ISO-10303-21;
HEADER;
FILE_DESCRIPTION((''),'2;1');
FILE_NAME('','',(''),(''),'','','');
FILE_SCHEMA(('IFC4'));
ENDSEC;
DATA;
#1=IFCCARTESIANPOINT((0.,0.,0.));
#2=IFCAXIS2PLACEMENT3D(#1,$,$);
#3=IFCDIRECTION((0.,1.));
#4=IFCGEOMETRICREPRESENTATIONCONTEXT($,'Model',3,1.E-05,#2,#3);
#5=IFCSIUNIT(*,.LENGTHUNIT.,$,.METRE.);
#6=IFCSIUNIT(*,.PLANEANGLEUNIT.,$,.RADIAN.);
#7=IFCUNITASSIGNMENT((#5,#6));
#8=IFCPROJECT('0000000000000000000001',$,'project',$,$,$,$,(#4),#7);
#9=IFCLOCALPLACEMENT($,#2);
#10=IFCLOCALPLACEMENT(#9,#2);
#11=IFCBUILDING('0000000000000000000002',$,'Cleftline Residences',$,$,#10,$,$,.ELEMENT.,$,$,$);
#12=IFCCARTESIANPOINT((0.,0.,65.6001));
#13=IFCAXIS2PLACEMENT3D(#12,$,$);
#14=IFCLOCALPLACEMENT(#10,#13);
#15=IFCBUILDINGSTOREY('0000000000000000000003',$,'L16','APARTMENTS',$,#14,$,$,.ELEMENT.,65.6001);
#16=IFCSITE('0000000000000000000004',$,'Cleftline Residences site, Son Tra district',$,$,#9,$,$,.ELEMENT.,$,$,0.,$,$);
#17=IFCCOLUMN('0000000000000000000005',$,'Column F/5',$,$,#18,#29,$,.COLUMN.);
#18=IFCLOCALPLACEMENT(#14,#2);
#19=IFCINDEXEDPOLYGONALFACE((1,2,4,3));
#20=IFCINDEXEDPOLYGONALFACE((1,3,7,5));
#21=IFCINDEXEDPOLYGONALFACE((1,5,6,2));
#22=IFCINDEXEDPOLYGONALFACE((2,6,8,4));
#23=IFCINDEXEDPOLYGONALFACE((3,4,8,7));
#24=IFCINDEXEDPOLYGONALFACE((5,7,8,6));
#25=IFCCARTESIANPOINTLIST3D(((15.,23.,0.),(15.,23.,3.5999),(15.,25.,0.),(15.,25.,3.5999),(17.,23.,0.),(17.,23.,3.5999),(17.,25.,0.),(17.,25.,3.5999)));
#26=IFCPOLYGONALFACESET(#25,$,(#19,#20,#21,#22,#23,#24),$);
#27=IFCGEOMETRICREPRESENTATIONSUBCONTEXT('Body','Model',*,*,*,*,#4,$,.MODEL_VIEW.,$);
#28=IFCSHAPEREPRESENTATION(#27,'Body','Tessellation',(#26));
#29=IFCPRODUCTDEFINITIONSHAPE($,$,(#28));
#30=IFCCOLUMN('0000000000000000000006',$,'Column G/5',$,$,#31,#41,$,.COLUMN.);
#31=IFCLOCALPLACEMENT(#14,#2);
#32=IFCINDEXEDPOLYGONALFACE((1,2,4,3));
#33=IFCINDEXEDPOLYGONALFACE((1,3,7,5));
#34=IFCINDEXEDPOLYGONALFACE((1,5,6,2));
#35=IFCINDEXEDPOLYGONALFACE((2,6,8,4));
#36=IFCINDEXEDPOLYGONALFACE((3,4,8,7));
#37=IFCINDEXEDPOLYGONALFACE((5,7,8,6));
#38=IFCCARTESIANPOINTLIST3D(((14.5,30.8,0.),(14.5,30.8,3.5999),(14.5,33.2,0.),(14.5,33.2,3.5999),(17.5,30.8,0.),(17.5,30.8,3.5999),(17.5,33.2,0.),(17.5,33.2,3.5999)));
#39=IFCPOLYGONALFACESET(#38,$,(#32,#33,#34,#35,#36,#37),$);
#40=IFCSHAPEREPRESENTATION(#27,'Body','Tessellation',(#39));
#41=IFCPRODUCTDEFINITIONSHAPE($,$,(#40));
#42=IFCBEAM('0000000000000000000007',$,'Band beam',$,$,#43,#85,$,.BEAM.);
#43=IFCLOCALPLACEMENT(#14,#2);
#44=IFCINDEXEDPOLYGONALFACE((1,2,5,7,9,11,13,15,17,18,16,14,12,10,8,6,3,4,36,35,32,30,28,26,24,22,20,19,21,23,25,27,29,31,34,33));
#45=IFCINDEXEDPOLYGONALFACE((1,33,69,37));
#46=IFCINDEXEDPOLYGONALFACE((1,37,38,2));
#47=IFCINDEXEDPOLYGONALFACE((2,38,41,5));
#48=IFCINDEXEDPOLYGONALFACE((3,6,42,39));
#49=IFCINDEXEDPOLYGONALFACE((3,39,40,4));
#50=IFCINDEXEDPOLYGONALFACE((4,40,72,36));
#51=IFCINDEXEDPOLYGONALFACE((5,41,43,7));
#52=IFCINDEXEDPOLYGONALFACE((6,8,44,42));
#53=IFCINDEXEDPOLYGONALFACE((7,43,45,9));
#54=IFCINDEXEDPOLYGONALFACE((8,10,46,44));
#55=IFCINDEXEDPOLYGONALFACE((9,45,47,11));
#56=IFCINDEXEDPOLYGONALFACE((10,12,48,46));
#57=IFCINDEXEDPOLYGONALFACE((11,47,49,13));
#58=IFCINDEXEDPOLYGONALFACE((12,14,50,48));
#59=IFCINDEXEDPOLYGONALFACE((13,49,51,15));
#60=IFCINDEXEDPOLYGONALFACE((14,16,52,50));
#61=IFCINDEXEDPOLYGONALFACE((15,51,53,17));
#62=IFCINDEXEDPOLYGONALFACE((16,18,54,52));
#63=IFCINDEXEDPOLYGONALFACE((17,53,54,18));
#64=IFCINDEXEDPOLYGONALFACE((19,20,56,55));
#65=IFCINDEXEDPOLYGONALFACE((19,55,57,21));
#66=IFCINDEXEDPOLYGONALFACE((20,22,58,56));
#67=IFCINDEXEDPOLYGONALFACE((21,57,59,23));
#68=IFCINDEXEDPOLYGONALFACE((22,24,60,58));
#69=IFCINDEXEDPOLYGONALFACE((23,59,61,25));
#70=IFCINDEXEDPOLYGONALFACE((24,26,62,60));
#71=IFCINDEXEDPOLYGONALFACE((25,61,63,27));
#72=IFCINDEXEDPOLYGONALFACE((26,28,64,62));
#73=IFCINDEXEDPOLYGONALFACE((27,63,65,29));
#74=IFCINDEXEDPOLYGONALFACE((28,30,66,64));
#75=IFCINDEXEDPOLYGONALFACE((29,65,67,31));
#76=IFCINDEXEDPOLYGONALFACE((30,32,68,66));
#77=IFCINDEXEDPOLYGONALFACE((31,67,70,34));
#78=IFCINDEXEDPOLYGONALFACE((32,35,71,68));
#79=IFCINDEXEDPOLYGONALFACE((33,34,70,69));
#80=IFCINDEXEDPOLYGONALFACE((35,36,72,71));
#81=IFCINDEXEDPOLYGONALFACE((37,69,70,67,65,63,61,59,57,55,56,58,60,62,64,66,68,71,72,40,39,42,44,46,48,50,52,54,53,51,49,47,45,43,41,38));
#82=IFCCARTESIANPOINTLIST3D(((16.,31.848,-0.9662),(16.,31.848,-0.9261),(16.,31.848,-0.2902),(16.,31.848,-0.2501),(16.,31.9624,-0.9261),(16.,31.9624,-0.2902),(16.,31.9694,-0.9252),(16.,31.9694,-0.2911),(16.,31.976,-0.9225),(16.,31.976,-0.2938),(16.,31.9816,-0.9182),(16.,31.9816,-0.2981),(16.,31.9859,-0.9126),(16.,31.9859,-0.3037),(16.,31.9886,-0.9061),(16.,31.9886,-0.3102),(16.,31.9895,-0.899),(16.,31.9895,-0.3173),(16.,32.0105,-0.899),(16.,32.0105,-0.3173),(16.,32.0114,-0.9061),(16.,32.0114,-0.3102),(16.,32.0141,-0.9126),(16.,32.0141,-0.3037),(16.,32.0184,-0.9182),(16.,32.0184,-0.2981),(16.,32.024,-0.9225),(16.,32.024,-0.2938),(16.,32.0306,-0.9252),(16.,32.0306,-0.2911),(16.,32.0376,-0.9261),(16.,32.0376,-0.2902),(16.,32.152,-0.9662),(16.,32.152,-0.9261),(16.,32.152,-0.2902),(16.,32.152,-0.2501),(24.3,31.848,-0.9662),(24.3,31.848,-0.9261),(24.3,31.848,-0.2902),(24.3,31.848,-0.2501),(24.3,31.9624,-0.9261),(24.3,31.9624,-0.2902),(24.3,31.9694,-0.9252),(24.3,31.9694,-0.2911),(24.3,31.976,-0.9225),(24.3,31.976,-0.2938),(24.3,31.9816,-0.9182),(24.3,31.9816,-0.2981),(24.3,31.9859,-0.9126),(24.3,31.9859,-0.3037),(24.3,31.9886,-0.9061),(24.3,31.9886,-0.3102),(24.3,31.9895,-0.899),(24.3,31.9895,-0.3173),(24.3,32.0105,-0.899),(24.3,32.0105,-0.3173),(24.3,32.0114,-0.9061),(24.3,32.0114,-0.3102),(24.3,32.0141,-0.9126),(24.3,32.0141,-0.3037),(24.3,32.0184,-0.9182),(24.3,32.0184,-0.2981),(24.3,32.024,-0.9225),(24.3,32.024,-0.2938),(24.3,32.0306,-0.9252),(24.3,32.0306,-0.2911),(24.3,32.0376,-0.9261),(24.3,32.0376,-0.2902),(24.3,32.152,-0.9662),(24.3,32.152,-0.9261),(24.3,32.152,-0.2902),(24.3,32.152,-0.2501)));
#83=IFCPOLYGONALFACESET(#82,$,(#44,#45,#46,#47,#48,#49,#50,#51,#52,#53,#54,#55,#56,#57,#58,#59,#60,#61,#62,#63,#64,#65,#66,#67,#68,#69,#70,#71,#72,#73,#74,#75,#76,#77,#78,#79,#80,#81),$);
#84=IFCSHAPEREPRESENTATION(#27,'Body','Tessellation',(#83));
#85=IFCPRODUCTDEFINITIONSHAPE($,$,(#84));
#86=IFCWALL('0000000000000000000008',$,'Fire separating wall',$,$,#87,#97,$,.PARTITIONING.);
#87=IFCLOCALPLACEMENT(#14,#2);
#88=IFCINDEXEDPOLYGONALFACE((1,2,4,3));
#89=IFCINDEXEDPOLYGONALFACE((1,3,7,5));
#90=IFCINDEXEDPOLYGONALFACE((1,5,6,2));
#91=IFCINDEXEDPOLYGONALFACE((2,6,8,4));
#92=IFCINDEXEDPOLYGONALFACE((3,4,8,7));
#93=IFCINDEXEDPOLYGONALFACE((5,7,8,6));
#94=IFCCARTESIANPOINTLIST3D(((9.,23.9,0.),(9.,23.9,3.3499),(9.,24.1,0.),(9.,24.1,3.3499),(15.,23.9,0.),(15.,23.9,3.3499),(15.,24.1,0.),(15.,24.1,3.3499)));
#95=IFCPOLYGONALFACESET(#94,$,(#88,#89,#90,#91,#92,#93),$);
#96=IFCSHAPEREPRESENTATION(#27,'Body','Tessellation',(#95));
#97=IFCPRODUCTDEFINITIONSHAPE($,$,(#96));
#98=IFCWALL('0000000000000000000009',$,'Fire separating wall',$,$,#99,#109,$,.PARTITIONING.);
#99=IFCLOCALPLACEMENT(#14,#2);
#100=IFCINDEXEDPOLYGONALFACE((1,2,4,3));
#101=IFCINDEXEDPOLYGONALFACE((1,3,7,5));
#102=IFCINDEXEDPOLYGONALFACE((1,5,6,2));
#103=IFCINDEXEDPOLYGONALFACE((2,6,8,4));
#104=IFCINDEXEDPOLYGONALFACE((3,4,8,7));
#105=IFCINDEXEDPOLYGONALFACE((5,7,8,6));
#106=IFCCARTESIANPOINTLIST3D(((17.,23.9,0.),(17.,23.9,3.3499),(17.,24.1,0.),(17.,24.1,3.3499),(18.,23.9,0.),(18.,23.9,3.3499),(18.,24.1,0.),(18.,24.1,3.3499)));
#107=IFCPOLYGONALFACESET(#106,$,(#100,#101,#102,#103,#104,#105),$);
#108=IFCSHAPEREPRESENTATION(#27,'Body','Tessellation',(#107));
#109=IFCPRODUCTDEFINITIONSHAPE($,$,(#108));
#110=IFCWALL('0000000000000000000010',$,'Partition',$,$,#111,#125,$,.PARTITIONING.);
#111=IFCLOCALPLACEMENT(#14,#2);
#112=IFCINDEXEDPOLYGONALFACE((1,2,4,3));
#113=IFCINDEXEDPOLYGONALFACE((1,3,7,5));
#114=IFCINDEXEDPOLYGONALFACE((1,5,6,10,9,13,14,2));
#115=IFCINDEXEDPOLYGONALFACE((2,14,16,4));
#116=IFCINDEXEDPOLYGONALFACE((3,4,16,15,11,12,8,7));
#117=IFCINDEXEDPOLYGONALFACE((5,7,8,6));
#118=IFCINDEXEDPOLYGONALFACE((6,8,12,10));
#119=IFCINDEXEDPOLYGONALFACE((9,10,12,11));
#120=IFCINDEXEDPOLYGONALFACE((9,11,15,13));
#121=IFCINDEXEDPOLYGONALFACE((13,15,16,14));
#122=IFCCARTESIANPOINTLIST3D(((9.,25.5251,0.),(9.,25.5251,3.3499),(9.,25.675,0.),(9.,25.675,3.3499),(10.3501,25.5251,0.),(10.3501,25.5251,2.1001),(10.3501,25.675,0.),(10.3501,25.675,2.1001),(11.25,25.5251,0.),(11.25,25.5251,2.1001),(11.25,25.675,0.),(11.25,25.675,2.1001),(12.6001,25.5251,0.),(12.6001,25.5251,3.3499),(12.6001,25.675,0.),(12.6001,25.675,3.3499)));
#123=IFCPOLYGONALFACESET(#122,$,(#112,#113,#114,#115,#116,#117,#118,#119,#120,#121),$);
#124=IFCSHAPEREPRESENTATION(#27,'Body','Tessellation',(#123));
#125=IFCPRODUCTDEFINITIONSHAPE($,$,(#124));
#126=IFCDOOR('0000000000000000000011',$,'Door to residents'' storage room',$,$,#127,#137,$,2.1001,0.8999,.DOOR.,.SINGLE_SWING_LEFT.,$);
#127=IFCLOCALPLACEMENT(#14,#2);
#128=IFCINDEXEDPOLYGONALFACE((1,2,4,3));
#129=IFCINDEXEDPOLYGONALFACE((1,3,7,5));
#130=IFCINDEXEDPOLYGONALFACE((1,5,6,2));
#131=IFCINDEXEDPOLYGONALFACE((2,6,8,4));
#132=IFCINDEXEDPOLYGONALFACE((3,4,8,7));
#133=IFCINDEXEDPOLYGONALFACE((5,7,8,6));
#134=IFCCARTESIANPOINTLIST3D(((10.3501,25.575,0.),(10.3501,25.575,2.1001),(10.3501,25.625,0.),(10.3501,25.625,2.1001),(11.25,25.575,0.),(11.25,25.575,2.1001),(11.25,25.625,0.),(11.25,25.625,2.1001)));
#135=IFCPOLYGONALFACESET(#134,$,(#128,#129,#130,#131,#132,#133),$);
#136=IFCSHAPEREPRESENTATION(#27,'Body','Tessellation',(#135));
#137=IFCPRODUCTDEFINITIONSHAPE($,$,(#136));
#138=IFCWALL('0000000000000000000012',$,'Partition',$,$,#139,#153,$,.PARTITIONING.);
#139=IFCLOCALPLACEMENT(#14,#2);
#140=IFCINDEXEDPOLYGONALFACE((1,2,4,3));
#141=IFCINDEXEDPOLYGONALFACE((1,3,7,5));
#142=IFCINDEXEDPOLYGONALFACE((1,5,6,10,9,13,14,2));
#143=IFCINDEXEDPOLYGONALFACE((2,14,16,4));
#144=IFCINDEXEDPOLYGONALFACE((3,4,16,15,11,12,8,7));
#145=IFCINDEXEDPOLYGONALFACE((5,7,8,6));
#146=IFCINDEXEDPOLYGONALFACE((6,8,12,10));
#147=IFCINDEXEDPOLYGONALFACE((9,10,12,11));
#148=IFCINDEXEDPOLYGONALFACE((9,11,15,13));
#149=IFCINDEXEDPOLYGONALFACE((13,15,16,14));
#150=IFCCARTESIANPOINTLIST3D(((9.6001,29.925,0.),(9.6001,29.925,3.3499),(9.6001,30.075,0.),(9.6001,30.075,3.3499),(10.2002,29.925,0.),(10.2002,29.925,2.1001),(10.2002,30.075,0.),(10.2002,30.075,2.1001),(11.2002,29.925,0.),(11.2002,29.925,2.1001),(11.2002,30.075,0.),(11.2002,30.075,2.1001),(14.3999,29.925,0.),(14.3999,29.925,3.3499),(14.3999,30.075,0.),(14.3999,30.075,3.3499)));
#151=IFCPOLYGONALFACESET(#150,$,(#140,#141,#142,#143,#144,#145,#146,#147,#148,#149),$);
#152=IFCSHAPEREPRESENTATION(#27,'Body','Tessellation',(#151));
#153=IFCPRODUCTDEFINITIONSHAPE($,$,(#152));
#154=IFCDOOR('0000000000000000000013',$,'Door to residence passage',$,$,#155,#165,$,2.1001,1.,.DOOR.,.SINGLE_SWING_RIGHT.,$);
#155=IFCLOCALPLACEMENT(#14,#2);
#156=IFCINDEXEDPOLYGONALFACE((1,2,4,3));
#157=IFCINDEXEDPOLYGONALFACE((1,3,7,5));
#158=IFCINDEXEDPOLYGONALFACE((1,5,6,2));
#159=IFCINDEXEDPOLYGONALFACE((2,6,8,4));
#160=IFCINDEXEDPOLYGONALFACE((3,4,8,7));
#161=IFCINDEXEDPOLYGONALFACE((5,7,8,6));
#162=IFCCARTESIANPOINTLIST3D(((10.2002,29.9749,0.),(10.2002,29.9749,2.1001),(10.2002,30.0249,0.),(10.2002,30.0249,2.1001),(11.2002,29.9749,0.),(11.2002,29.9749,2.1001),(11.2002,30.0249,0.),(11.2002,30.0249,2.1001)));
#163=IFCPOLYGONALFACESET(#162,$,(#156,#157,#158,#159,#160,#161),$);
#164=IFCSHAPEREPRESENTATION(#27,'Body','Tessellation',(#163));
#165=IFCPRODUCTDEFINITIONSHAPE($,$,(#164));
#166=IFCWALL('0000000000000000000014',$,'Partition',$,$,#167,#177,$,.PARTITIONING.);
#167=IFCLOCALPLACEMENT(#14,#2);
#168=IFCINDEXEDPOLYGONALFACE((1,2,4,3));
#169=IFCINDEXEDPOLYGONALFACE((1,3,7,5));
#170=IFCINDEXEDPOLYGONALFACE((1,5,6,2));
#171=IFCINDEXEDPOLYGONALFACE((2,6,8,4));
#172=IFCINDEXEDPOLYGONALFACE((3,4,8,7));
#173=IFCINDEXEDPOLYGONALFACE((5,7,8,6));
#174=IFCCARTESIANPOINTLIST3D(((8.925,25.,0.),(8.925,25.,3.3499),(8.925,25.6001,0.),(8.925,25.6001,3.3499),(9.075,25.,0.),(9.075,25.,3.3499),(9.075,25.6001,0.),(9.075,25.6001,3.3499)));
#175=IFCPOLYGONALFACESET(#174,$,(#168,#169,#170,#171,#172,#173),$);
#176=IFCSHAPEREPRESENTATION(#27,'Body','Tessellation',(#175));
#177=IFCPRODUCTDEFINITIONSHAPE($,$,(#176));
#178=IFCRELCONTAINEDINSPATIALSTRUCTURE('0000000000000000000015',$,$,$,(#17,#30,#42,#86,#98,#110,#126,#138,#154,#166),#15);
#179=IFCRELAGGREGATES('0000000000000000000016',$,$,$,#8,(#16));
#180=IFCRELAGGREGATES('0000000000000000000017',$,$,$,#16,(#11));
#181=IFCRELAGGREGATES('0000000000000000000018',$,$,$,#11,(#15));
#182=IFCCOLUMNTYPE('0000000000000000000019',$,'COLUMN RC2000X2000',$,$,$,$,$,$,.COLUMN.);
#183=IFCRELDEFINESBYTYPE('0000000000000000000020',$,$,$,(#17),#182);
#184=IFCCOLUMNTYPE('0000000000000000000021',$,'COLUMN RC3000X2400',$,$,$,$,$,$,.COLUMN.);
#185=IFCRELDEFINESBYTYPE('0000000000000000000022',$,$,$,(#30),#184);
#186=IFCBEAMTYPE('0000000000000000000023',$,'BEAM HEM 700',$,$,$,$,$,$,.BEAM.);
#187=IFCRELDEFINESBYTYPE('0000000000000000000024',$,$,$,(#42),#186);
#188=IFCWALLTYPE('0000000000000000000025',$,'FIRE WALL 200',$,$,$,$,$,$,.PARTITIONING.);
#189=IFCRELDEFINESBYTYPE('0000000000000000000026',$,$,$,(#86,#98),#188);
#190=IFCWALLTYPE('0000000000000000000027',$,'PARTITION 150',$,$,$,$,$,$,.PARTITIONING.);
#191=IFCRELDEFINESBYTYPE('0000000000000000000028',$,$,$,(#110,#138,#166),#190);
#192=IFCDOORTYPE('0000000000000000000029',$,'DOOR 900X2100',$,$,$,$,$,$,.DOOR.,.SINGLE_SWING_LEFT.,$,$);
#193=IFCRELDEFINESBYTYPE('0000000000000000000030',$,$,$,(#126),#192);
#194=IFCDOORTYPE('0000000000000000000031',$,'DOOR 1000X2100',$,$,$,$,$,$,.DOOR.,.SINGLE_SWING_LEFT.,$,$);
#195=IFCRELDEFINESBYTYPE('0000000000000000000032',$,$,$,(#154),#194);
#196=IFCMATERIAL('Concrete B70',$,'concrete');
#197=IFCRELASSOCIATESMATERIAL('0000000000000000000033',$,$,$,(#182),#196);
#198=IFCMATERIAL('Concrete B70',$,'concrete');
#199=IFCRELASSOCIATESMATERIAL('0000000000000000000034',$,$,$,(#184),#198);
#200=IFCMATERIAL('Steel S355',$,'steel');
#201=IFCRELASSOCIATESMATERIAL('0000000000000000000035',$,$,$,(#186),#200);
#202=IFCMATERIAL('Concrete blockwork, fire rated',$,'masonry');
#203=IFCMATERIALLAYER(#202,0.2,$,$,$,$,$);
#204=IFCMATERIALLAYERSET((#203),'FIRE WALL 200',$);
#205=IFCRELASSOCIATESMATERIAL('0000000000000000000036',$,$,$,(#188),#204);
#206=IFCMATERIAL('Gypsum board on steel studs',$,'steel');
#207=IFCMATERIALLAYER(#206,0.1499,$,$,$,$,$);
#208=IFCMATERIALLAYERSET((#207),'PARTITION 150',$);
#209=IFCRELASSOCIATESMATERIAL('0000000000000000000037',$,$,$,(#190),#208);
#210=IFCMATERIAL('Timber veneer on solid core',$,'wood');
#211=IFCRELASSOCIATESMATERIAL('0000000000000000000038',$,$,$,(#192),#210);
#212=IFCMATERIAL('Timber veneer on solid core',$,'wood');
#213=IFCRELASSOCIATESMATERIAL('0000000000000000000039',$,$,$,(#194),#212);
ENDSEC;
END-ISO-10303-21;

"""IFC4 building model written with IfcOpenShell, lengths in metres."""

from ifc_helpers import new_model, si_unit, direction, frame, frame_2d, origin, origin_2d, place, context, subcontext, project, spatial, rectangle, i_section, extrude, material, layer, layer_set, material_profile, profile_set, type_object, element, fill, save


model = new_model("IFC4")

# Units and contexts
model_context = context("Model", 3, precision=1e-05, world=origin(), true_north=direction((0.0, 1.0)))
body_context = subcontext(model_context, "Body", "Model", "MODEL_VIEW")
ifc_project = project(units=[si_unit("LENGTHUNIT", "METRE"), si_unit("PLANEANGLEUNIT", "RADIAN")], contexts=[model_context])

# Site, building, storey
site_placement = place(None, origin())
site = spatial("IfcSite", under=ifc_project, at=site_placement, Name="Cleftline Residences site, Son Tra district", CompositionType="ELEMENT", RefElevation=0.0)
building_placement = place(site_placement, origin())
building = spatial("IfcBuilding", under=site, at=building_placement, Name="Cleftline Residences", CompositionType="ELEMENT")
storey_placement = place(building_placement, frame((0.0, 0.0, 65.6001)))
storey = spatial("IfcBuildingStorey", under=building, at=storey_placement, Name="L16", Description="APARTMENTS", CompositionType="ELEMENT", Elevation=65.6001)

# Columns
ifc_material_1 = material(Name="Concrete B70", Category="concrete")
ifc_material_profile_1 = material_profile(ifc_material_1, rectangle(XDim=2.0, YDim=2.0, at=origin_2d()))
ifc_profile_set_1 = profile_set([ifc_material_profile_1], Name="Concrete B70")
column_type_1 = type_object("IfcColumnType", Name="COLUMN RC2000X2000", PredefinedType="COLUMN", material=ifc_profile_set_1)
column_1_placement = place(storey_placement, frame((16.0, 24.0, 0.0), z_axis=(0.0, 0.0, 1.0), x_axis=(1.0, 0.0, 0.0)))
element("IfcColumn", 1, at=column_1_placement, inside=storey, type_object=column_type_1, Name="Column F/5", PredefinedType="COLUMN", context=body_context, shape_type="SweptSolid", body=[
    extrude(rectangle(XDim=2.0, YDim=2.0, at=origin_2d()), origin(), (0.0, 0.0, 1.0), 3.5999),
])
ifc_material_2 = material(Name="Concrete B70", Category="concrete")
ifc_material_profile_2 = material_profile(ifc_material_2, rectangle(XDim=3.0, YDim=2.3999, at=origin_2d()))
ifc_profile_set_2 = profile_set([ifc_material_profile_2], Name="Concrete B70")
column_type_2 = type_object("IfcColumnType", Name="COLUMN RC3000X2400", PredefinedType="COLUMN", material=ifc_profile_set_2)
column_2_placement = place(storey_placement, frame((16.0, 32.0, 0.0), z_axis=(0.0, 0.0, 1.0), x_axis=(1.0, 0.0, 0.0)))
element("IfcColumn", 2, at=column_2_placement, inside=storey, type_object=column_type_2, Name="Column G/5", PredefinedType="COLUMN", context=body_context, shape_type="SweptSolid", body=[
    extrude(rectangle(XDim=3.0, YDim=2.3999, at=origin_2d()), origin(), (0.0, 0.0, 1.0), 3.5999),
])

# Beam
ifc_material_3 = material(Name="Steel S355", Category="steel")
ifc_material_profile_3 = material_profile(ifc_material_3, i_section(OverallWidth=0.304, OverallDepth=0.7161, WebThickness=0.021, FlangeThickness=0.04, FilletRadius=0.0271, at=origin_2d()))
ifc_profile_set_3 = profile_set([ifc_material_profile_3], Name="Steel S355")
beam_type = type_object("IfcBeamType", Name="BEAM HEM 700", PredefinedType="BEAM", material=ifc_profile_set_3)
beam_placement = place(storey_placement, frame((16.0, 32.0, -0.6082), z_axis=(1.0, 0.0, 0.0), x_axis=(0.0, 1.0, 0.0)))
element("IfcBeam", 3, at=beam_placement, inside=storey, type_object=beam_type, Name="Band beam", PredefinedType="BEAM", context=body_context, shape_type="SweptSolid", body=[
    extrude(i_section(OverallWidth=0.304, OverallDepth=0.7161, WebThickness=0.021, FlangeThickness=0.04, FilletRadius=0.0271, at=origin_2d()), origin(), (0.0, 0.0, 1.0), 8.3),
])

# Walls
ifc_material_4 = material(Name="Concrete blockwork, fire rated", Category="masonry")
ifc_layer_1 = layer(ifc_material_4, 0.2)
ifc_layer_set_1 = layer_set([ifc_layer_1], Name="FIRE WALL 200")
wall_type_1 = type_object("IfcWallType", Name="FIRE WALL 200", PredefinedType="PARTITIONING", material=ifc_layer_set_1)
wall_1_placement = place(storey_placement, frame((9.0, 24.0, 0.0), z_axis=(0.0, 0.0, 1.0), x_axis=(1.0, 0.0, 0.0)))
element("IfcWall", 4, at=wall_1_placement, inside=storey, type_object=wall_type_1, Name="Fire separating wall", PredefinedType="PARTITIONING", context=body_context, shape_type="SweptSolid", body=[
    extrude(rectangle(XDim=6.0, YDim=0.2, at=frame_2d((3.0, 0.0))), origin(), (0.0, 0.0, 1.0), 3.3499),
])
wall_2_placement = place(storey_placement, frame((17.0, 24.0, 0.0), z_axis=(0.0, 0.0, 1.0), x_axis=(1.0, 0.0, 0.0)))
element("IfcWall", 5, at=wall_2_placement, inside=storey, type_object=wall_type_1, Name="Fire separating wall", PredefinedType="PARTITIONING", context=body_context, shape_type="SweptSolid", body=[
    extrude(rectangle(XDim=1.0, YDim=0.2, at=frame_2d((0.5, 0.0))), origin(), (0.0, 0.0, 1.0), 3.3499),
])

# Walls, openings, doors
ifc_material_5 = material(Name="Gypsum board on steel studs", Category="steel")
ifc_layer_2 = layer(ifc_material_5, 0.1499)
ifc_layer_set_2 = layer_set([ifc_layer_2], Name="PARTITION 150")
wall_type_2 = type_object("IfcWallType", Name="PARTITION 150", PredefinedType="PARTITIONING", material=ifc_layer_set_2)
wall_3_placement = place(storey_placement, frame((9.0, 25.6001, 0.0), z_axis=(0.0, 0.0, 1.0), x_axis=(1.0, 0.0, 0.0)))
wall_3 = element("IfcWall", 6, at=wall_3_placement, inside=storey, type_object=wall_type_2, Name="Partition", PredefinedType="PARTITIONING", context=body_context, shape_type="SweptSolid", body=[
    extrude(rectangle(XDim=3.6001, YDim=0.1499, at=frame_2d((1.8, 0.0))), origin(), (0.0, 0.0, 1.0), 3.3499),
])
opening_1_placement = place(wall_3_placement, frame((1.3501, 0.0, 0.0)))
opening_1 = element("IfcOpeningElement", 7, at=opening_1_placement, cuts=wall_3, PredefinedType="OPENING", context=body_context, shape_type="SweptSolid", body=[
    extrude(rectangle(XDim=0.8999, YDim=2.1001, at=frame_2d((0.45, 1.05))), frame((0.0, 0.085, 0.0), z_axis=(0.0, -1.0, 0.0), x_axis=(1.0, 0.0, 0.0)), (0.0, 0.0, 1.0), 0.1699),
])
ifc_material_6 = material(Name="Timber veneer on solid core", Category="wood")
door_type_1 = type_object("IfcDoorType", Name="DOOR 900X2100", OperationType="SINGLE_SWING_LEFT", PredefinedType="DOOR", material=ifc_material_6)
door_1_placement = place(opening_1_placement, origin())
door_1 = element("IfcDoor", 8, at=door_1_placement, inside=storey, type_object=door_type_1, Name="Door to residents' storage room", OperationType="SINGLE_SWING_LEFT", OverallHeight=2.1001, OverallWidth=0.8999, PredefinedType="DOOR", context=body_context, shape_type="SweptSolid", body=[
    extrude(rectangle(XDim=0.8999, YDim=2.1001, at=frame_2d((0.45, 1.05))), frame((0.0, 0.0249, 0.0), z_axis=(0.0, -1.0, 0.0), x_axis=(1.0, 0.0, 0.0)), (0.0, 0.0, 1.0), 0.05),
])
fill(opening_1, door_1)
wall_4_placement = place(storey_placement, frame((9.6001, 30.0, 0.0), z_axis=(0.0, 0.0, 1.0), x_axis=(1.0, 0.0, 0.0)))
wall_4 = element("IfcWall", 9, at=wall_4_placement, inside=storey, type_object=wall_type_2, Name="Partition", PredefinedType="PARTITIONING", context=body_context, shape_type="SweptSolid", body=[
    extrude(rectangle(XDim=4.7998, YDim=0.1499, at=frame_2d((2.3999, 0.0))), origin(), (0.0, 0.0, 1.0), 3.3499),
])
opening_2_placement = place(wall_4_placement, frame((0.6001, 0.0, 0.0)))
opening_2 = element("IfcOpeningElement", 10, at=opening_2_placement, cuts=wall_4, PredefinedType="OPENING", context=body_context, shape_type="SweptSolid", body=[
    extrude(rectangle(XDim=1.0, YDim=2.1001, at=frame_2d((0.5, 1.05))), frame((0.0, 0.085, 0.0), z_axis=(0.0, -1.0, 0.0), x_axis=(1.0, 0.0, 0.0)), (0.0, 0.0, 1.0), 0.1699),
])
ifc_material_7 = material(Name="Timber veneer on solid core", Category="wood")
door_type_2 = type_object("IfcDoorType", Name="DOOR 1000X2100", OperationType="SINGLE_SWING_LEFT", PredefinedType="DOOR", material=ifc_material_7)
door_2_placement = place(opening_2_placement, origin())
door_2 = element("IfcDoor", 11, at=door_2_placement, inside=storey, type_object=door_type_2, Name="Door to residence passage", OperationType="SINGLE_SWING_RIGHT", OverallHeight=2.1001, OverallWidth=1.0, PredefinedType="DOOR", context=body_context, shape_type="SweptSolid", body=[
    extrude(rectangle(XDim=1.0, YDim=2.1001, at=frame_2d((0.5, 1.05))), frame((0.0, 0.0249, 0.0), z_axis=(0.0, -1.0, 0.0), x_axis=(1.0, 0.0, 0.0)), (0.0, 0.0, 1.0), 0.05),
])
fill(opening_2, door_2)

# Wall
wall_5_placement = place(storey_placement, frame((9.0, 25.0, 0.0), z_axis=(0.0, 0.0, 1.0), x_axis=(0.0, 1.0, 0.0)))
element("IfcWall", 12, at=wall_5_placement, inside=storey, type_object=wall_type_2, Name="Partition", PredefinedType="PARTITIONING", context=body_context, shape_type="SweptSolid", body=[
    extrude(rectangle(XDim=0.6001, YDim=0.1499, at=frame_2d((0.3, 0.0))), origin(), (0.0, 0.0, 1.0), 3.3499),
])

save(model, "model.ifc")
